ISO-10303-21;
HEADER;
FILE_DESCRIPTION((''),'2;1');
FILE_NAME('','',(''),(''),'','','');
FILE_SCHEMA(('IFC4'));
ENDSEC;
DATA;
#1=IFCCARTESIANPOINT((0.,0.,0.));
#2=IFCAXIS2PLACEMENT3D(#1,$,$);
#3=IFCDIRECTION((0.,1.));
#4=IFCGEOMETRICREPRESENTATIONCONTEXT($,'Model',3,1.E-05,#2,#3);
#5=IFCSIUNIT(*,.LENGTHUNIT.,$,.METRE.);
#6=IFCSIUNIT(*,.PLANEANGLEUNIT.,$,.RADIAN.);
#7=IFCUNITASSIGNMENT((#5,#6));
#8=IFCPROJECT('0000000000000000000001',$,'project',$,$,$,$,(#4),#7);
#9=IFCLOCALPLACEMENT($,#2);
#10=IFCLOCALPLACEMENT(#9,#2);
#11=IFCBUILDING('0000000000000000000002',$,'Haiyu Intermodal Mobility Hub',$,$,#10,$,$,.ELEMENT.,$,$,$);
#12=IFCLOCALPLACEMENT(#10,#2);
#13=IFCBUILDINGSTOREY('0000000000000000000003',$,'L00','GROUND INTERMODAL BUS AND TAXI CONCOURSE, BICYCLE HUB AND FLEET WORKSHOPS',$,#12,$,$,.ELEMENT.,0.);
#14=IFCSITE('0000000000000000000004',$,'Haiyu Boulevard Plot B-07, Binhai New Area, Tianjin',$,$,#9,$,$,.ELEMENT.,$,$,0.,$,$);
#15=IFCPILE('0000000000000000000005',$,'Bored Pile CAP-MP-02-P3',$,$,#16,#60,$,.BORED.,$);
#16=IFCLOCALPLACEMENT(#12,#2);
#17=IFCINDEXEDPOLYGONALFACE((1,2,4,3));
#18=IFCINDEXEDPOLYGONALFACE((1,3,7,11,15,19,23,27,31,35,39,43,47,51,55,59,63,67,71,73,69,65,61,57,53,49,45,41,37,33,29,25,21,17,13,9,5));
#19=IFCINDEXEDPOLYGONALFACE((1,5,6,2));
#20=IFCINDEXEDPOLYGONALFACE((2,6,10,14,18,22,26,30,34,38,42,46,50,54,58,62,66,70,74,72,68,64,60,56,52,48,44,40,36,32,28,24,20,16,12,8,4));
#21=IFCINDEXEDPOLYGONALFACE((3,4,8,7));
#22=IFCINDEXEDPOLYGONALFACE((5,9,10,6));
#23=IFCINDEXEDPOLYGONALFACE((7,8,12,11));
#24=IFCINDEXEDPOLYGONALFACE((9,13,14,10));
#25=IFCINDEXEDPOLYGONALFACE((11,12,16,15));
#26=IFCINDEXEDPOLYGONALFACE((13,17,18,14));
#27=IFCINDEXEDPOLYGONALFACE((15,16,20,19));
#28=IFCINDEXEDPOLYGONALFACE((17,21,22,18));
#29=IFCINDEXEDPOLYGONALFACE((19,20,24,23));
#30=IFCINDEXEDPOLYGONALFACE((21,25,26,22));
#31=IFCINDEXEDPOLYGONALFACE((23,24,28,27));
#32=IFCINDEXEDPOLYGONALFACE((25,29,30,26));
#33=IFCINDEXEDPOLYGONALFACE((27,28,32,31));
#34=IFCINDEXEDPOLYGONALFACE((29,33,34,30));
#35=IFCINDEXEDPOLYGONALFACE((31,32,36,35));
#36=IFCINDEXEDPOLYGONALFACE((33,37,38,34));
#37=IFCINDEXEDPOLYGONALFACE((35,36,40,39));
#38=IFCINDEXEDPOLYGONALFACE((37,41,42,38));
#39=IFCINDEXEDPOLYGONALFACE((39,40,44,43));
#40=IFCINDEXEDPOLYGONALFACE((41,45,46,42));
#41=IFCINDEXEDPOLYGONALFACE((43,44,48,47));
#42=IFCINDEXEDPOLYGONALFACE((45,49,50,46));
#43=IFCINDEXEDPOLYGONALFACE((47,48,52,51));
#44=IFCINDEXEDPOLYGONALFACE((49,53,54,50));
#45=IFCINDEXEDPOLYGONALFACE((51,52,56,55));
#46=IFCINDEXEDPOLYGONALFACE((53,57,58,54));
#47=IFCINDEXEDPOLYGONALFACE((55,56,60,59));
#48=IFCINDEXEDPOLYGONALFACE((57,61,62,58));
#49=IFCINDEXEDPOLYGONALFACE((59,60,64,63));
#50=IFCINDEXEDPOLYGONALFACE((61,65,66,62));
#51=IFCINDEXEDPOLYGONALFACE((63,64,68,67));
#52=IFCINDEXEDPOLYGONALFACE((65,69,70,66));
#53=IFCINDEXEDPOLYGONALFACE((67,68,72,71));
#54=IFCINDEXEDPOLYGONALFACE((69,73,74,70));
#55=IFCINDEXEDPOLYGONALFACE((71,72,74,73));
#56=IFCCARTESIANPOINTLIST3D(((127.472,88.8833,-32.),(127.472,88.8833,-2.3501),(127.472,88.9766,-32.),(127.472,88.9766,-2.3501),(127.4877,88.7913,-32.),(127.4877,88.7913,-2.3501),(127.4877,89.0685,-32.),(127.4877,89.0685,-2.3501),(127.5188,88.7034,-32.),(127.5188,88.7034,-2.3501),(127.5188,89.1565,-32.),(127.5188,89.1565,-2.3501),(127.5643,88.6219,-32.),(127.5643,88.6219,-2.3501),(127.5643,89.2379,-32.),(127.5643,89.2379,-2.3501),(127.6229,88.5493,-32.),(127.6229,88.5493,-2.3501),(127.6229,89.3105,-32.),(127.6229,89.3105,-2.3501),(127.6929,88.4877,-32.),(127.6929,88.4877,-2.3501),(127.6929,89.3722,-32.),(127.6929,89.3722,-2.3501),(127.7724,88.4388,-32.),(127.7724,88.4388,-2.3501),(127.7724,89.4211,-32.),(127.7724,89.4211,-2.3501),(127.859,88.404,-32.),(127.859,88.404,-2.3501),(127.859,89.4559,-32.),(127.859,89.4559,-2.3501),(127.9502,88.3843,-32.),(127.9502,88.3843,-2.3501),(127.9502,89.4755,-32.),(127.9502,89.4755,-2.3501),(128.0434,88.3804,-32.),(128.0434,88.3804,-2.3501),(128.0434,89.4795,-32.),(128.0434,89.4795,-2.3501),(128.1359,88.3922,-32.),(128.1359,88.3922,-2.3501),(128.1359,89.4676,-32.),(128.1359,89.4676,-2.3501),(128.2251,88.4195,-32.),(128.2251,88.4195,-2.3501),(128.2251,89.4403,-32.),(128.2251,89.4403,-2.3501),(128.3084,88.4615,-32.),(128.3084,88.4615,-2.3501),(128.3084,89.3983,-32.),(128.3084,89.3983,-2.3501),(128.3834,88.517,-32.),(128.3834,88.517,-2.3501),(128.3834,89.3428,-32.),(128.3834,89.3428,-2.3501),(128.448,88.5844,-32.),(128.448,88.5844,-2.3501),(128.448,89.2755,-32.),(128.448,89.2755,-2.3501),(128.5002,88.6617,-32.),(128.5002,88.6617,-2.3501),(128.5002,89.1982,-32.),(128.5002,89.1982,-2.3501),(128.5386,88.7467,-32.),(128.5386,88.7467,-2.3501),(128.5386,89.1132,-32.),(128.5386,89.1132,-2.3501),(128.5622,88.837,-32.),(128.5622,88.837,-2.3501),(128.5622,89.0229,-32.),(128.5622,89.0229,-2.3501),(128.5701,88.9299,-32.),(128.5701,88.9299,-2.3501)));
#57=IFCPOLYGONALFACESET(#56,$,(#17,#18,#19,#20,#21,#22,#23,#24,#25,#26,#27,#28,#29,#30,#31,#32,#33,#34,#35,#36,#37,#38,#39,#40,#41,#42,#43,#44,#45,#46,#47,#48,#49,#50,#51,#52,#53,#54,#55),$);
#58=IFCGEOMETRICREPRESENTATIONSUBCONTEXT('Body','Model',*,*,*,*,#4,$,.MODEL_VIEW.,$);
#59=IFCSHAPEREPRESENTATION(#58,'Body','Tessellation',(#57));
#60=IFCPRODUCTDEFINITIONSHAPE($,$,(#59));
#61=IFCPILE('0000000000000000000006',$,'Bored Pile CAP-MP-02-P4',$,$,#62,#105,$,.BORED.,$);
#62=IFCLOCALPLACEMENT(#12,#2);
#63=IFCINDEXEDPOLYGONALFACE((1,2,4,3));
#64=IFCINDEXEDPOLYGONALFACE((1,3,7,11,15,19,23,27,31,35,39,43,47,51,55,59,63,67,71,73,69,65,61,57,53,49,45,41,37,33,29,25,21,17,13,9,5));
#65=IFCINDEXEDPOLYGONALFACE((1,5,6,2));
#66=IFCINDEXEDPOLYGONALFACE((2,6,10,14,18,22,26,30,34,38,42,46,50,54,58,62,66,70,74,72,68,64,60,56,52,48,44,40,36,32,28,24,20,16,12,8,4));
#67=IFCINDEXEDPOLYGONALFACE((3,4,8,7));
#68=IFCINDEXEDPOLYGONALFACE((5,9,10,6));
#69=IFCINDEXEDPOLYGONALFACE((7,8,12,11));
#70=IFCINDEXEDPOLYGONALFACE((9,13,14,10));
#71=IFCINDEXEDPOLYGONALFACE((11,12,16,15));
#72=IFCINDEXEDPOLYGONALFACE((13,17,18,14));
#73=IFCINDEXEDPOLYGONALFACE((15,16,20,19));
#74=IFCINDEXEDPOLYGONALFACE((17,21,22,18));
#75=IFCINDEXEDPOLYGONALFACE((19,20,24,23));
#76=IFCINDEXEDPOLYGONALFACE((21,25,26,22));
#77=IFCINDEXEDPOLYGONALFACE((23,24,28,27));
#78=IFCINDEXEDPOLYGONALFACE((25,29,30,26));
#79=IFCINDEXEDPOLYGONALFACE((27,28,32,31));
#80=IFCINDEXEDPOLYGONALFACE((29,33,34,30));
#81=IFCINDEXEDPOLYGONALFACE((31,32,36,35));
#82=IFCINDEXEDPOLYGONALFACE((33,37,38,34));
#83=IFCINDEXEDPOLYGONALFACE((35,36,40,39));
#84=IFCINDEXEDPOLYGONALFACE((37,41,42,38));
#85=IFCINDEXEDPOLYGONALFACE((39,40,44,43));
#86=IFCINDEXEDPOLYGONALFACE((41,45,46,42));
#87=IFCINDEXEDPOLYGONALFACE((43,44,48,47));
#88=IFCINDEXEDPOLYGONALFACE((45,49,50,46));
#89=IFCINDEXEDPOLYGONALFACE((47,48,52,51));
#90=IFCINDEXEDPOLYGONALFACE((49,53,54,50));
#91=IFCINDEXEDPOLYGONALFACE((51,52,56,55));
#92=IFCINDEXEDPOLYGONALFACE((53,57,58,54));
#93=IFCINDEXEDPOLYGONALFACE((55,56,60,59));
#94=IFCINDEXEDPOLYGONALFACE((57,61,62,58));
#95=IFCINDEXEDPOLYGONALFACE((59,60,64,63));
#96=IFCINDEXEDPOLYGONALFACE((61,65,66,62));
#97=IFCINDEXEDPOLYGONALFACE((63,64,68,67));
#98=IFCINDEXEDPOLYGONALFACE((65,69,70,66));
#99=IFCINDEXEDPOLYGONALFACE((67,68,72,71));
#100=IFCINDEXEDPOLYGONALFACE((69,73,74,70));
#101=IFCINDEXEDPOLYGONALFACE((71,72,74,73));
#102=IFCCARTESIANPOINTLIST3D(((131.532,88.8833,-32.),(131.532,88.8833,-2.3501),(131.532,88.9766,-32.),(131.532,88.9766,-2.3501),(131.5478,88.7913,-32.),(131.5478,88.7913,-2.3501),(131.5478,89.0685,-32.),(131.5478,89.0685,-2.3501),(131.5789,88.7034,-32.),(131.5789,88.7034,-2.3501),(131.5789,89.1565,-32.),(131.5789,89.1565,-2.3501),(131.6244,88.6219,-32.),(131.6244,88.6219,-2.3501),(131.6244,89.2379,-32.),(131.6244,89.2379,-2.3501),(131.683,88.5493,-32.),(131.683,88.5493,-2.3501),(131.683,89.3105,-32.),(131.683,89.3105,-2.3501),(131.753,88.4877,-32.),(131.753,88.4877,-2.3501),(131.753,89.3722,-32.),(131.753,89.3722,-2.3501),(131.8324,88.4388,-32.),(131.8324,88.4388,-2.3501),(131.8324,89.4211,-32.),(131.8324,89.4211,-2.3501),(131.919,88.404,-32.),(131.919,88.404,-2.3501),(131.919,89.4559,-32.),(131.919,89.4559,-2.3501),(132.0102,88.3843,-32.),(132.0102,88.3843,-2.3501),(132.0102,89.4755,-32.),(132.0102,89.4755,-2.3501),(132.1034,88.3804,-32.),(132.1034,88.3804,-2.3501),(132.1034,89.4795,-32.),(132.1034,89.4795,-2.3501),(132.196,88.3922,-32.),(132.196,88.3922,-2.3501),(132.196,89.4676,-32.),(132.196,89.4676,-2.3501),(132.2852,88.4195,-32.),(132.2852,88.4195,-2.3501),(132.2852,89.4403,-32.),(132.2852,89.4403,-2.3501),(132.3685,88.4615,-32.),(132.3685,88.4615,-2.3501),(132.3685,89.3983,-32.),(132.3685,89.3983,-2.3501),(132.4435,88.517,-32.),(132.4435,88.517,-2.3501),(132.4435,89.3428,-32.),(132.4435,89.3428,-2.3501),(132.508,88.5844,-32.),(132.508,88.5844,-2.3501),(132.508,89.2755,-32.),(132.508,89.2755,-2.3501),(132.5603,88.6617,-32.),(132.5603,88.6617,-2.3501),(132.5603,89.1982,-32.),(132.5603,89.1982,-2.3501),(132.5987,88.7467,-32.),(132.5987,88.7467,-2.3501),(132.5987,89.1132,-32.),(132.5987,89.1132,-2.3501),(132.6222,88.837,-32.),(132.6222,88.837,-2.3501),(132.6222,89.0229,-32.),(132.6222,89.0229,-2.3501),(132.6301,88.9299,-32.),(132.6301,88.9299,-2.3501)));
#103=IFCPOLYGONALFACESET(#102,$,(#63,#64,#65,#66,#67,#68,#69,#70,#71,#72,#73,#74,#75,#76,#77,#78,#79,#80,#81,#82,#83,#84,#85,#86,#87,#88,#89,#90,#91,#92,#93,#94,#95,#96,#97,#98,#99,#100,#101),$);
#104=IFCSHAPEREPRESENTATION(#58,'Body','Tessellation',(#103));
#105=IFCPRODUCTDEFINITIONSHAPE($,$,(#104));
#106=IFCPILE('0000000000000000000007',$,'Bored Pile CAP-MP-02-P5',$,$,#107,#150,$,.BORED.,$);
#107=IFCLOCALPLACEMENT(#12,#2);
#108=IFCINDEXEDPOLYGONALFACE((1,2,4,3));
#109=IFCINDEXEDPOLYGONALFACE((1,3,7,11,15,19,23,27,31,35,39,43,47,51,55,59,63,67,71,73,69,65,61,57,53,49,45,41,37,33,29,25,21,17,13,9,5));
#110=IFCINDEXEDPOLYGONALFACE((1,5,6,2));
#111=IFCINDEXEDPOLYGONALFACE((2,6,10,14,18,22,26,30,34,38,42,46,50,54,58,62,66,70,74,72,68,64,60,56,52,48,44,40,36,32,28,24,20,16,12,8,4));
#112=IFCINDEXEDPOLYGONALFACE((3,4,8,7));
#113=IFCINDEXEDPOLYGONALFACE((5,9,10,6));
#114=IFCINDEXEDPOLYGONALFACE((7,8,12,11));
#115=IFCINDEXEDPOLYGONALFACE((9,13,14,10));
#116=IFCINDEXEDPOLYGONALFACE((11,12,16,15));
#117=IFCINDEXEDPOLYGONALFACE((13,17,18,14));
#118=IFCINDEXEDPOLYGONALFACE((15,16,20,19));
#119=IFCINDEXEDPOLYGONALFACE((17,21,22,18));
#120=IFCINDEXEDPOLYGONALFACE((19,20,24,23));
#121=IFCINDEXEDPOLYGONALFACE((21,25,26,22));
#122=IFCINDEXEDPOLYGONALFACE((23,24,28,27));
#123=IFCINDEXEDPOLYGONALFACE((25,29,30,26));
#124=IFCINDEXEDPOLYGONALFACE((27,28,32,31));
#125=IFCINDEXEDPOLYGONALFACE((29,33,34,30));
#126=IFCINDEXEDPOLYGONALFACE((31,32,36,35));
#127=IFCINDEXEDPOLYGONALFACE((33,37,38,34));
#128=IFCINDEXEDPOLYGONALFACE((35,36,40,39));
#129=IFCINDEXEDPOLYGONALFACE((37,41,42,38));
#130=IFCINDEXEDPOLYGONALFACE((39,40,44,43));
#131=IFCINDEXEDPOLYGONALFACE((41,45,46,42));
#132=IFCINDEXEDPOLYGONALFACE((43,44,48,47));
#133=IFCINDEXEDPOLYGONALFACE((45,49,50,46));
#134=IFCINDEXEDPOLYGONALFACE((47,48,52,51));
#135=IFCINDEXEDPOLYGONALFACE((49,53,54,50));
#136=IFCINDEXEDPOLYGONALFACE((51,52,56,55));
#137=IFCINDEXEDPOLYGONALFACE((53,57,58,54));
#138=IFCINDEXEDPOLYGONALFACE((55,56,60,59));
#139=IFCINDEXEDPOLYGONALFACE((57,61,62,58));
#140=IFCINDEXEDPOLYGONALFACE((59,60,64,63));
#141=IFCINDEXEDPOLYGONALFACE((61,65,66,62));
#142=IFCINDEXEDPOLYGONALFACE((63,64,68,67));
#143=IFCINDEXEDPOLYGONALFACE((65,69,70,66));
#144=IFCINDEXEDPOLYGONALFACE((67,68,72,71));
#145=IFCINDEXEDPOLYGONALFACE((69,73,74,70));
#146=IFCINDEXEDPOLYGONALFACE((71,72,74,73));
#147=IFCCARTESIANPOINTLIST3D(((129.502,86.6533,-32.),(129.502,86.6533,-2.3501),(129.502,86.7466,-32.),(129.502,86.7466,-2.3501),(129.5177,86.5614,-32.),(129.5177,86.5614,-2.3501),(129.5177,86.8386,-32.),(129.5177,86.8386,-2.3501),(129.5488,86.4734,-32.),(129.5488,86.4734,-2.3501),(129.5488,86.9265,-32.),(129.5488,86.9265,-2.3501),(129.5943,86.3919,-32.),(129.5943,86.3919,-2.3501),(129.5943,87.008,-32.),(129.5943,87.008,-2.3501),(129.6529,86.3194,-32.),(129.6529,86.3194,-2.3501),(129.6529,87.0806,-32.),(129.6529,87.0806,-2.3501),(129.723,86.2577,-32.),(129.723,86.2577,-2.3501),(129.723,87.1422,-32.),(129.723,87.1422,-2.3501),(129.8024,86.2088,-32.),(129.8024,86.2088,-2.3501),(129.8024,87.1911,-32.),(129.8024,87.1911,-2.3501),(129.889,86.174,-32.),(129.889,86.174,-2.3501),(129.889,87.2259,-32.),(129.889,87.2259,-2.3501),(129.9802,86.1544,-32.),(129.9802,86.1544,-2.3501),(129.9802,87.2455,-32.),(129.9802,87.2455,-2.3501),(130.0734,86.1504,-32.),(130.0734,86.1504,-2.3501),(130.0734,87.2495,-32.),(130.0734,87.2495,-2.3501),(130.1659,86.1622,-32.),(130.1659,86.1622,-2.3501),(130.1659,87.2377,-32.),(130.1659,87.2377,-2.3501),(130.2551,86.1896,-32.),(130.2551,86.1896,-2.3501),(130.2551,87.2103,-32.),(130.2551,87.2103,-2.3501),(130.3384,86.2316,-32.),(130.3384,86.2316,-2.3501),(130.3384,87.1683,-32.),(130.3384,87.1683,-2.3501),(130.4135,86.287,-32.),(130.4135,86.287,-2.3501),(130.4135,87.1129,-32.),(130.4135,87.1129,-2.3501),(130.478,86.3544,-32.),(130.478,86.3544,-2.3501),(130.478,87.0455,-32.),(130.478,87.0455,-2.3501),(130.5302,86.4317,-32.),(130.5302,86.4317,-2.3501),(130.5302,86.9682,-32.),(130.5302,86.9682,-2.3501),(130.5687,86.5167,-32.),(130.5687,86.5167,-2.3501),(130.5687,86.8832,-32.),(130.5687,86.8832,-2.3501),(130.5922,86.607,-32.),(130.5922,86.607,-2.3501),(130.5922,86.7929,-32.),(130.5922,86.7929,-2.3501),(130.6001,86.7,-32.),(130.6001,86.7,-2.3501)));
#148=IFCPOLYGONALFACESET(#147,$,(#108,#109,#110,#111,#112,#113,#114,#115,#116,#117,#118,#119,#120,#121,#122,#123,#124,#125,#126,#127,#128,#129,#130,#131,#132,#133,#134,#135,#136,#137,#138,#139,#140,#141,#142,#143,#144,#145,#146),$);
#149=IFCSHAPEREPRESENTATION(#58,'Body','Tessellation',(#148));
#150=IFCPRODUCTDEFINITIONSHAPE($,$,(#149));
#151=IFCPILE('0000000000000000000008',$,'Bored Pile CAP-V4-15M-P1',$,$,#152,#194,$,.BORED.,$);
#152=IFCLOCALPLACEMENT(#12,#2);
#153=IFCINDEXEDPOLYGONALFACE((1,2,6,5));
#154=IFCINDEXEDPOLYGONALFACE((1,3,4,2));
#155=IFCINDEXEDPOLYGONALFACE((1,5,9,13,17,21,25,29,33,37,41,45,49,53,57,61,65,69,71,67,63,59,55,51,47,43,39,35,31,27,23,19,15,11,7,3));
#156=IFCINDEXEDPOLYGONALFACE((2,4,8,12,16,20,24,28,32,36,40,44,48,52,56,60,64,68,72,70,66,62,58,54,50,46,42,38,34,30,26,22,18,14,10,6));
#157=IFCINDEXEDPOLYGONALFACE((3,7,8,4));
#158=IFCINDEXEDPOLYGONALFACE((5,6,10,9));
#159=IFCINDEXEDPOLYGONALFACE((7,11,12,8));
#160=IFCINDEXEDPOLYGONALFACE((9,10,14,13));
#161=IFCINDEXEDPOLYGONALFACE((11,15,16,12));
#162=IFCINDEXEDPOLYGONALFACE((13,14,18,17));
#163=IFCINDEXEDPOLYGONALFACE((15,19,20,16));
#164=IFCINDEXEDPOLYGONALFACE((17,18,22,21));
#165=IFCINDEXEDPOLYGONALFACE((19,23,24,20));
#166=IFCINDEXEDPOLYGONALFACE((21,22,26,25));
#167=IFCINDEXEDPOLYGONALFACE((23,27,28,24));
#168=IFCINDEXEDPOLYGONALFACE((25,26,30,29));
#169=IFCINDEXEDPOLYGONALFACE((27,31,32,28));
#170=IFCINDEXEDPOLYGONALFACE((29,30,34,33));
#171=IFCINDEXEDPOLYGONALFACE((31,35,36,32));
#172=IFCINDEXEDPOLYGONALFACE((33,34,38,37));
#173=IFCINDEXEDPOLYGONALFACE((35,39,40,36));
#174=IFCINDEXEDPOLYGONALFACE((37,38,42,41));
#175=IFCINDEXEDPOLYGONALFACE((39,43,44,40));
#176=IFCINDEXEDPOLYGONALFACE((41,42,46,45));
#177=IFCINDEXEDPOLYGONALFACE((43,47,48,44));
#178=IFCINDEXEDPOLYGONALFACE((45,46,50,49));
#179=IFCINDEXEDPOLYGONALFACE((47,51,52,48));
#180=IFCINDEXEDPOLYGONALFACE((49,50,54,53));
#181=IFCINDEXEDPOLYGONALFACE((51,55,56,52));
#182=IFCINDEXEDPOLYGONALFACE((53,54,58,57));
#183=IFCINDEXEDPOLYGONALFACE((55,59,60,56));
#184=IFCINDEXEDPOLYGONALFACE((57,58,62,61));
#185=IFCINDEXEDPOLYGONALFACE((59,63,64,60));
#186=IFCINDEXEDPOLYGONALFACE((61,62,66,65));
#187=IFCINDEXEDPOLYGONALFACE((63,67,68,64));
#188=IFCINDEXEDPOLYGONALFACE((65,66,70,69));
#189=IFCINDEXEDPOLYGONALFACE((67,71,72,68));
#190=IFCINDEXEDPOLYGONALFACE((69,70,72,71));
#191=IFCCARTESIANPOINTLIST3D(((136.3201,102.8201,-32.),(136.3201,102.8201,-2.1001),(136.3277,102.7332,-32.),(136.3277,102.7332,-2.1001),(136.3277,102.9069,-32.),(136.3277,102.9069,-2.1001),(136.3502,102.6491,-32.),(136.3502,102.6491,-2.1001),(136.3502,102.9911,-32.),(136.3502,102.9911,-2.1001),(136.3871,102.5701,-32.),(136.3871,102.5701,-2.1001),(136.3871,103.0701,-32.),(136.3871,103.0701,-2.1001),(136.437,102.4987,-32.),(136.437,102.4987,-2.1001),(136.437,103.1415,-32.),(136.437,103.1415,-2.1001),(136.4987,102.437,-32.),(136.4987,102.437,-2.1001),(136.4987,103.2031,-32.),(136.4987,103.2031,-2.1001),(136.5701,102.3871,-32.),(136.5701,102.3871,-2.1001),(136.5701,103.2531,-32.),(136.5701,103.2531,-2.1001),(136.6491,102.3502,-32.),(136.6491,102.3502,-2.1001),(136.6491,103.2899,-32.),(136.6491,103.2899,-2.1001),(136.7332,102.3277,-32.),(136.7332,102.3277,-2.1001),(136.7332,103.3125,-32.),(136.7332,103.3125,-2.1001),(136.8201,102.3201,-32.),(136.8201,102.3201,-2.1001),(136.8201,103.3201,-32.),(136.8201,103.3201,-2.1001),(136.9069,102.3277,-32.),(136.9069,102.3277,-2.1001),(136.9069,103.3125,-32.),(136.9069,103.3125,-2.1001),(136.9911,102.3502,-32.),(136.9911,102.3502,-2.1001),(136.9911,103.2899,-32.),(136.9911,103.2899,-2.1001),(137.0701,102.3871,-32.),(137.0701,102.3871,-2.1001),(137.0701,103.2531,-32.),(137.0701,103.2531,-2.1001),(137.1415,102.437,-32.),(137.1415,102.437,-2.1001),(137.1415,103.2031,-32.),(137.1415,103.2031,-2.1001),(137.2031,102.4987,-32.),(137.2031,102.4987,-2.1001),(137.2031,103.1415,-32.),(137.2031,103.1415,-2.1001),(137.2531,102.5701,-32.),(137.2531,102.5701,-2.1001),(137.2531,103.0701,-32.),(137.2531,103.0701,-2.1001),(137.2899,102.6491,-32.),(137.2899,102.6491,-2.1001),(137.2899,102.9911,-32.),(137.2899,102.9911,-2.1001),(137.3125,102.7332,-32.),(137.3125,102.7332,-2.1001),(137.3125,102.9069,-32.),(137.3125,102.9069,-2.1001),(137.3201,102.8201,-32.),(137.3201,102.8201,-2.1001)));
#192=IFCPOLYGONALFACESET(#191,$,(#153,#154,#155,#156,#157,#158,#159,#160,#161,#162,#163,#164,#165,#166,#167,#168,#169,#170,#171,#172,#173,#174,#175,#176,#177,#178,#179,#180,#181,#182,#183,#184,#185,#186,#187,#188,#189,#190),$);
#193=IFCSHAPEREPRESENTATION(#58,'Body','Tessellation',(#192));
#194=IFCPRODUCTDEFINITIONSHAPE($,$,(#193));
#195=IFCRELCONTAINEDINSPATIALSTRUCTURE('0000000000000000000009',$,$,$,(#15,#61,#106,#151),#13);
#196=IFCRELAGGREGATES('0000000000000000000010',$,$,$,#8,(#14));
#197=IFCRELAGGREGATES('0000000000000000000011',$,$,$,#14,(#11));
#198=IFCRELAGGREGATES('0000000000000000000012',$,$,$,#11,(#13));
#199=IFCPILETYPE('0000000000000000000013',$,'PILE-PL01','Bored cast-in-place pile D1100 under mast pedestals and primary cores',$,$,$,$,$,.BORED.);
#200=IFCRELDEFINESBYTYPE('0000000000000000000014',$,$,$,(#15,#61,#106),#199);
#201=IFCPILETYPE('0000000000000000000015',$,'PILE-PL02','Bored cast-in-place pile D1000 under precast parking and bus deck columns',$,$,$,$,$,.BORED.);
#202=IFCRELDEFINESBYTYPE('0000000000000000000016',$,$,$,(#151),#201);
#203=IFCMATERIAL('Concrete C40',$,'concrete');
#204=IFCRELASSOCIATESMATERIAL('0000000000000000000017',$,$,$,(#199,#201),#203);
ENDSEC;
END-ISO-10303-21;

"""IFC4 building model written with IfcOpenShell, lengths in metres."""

from ifc_helpers import new_model, si_unit, direction, frame, origin, origin_2d, place, context, subcontext, project, spatial, circle, extrude, material, material_profile, profile_set, type_object, element, save


model = new_model("IFC4")

# Units and contexts
model_context = context("Model", 3, precision=1e-05, world=origin(), true_north=direction((0.0, 1.0)))
body_context = subcontext(model_context, "Body", "Model", "MODEL_VIEW")
ifc_project = project(units=[si_unit("LENGTHUNIT", "METRE"), si_unit("PLANEANGLEUNIT", "RADIAN")], contexts=[model_context])

# Site, building, storey
site_placement = place(None, origin())
site = spatial("IfcSite", under=ifc_project, at=site_placement, Name="Haiyu Boulevard Plot B-07, Binhai New Area, Tianjin", CompositionType="ELEMENT", RefElevation=0.0)
building_placement = place(site_placement, origin())
building = spatial("IfcBuilding", under=site, at=building_placement, Name="Haiyu Intermodal Mobility Hub", CompositionType="ELEMENT")
storey_placement = place(building_placement, origin())
storey = spatial("IfcBuildingStorey", under=building, at=storey_placement, Name="L00", Description="GROUND INTERMODAL BUS AND TAXI CONCOURSE, BICYCLE HUB AND FLEET WORKSHOPS", CompositionType="ELEMENT", Elevation=0.0)

# Shared definitions
ifc_material_1 = material(Name="Concrete C40", Category="concrete")

# Piles
ifc_material_profile_1 = material_profile(ifc_material_1, circle(Radius=0.55, at=origin_2d()), Name="PILE-D1100")
ifc_profile_set_1 = profile_set([ifc_material_profile_1], Name="Concrete C40")
pile_type_1 = type_object("IfcPileType", Name="PILE-PL01", Description="Bored cast-in-place pile D1100 under mast pedestals and primary cores", PredefinedType="BORED", material=ifc_profile_set_1)
for number, where, z_axis, x_axis, name in (
    (1, (128.02, 88.9299, -2.3501), (0.0, 0.0, -1.0), (1.0, 0.0, 0.0), "Bored Pile CAP-MP-02-P3"),
    (2, (132.0801, 88.9299, -2.3501), (0.0, 0.0, -1.0), (1.0, 0.0, 0.0), "Bored Pile CAP-MP-02-P4"),
    (3, (130.05, 86.7, -2.3501), (0.0, 0.0, -1.0), (1.0, 0.0, 0.0), "Bored Pile CAP-MP-02-P5"),
):
    element("IfcPile", number, at=place(storey_placement, frame(where, z_axis=z_axis, x_axis=x_axis)), inside=storey, type_object=pile_type_1, Name=name, PredefinedType="BORED", context=body_context, shape_type="SweptSolid", body=[
        extrude(circle(Radius=0.55, at=origin_2d()), origin(), (0.0, 0.0, 1.0), 29.6499),
    ])
ifc_material_profile_2 = material_profile(ifc_material_1, circle(Radius=0.5, at=origin_2d()), Name="PILE-D1000")
ifc_profile_set_2 = profile_set([ifc_material_profile_2], Name="Concrete C40")
pile_type_2 = type_object("IfcPileType", Name="PILE-PL02", Description="Bored cast-in-place pile D1000 under precast parking and bus deck columns", PredefinedType="BORED", material=ifc_profile_set_2)
for number, where, z_axis, x_axis, name in (
    (4, (136.8201, 102.8201, -2.1001), (0.0, 0.0, -1.0), (1.0, 0.0, 0.0), "Bored Pile CAP-V4-15M-P1"),
):
    element("IfcPile", number, at=place(storey_placement, frame(where, z_axis=z_axis, x_axis=x_axis)), inside=storey, type_object=pile_type_2, Name=name, PredefinedType="BORED", context=body_context, shape_type="SweptSolid", body=[
        extrude(circle(Radius=0.5, at=origin_2d()), origin(), (0.0, 0.0, 1.0), 29.8999),
    ])

save(model, "model.ifc")
